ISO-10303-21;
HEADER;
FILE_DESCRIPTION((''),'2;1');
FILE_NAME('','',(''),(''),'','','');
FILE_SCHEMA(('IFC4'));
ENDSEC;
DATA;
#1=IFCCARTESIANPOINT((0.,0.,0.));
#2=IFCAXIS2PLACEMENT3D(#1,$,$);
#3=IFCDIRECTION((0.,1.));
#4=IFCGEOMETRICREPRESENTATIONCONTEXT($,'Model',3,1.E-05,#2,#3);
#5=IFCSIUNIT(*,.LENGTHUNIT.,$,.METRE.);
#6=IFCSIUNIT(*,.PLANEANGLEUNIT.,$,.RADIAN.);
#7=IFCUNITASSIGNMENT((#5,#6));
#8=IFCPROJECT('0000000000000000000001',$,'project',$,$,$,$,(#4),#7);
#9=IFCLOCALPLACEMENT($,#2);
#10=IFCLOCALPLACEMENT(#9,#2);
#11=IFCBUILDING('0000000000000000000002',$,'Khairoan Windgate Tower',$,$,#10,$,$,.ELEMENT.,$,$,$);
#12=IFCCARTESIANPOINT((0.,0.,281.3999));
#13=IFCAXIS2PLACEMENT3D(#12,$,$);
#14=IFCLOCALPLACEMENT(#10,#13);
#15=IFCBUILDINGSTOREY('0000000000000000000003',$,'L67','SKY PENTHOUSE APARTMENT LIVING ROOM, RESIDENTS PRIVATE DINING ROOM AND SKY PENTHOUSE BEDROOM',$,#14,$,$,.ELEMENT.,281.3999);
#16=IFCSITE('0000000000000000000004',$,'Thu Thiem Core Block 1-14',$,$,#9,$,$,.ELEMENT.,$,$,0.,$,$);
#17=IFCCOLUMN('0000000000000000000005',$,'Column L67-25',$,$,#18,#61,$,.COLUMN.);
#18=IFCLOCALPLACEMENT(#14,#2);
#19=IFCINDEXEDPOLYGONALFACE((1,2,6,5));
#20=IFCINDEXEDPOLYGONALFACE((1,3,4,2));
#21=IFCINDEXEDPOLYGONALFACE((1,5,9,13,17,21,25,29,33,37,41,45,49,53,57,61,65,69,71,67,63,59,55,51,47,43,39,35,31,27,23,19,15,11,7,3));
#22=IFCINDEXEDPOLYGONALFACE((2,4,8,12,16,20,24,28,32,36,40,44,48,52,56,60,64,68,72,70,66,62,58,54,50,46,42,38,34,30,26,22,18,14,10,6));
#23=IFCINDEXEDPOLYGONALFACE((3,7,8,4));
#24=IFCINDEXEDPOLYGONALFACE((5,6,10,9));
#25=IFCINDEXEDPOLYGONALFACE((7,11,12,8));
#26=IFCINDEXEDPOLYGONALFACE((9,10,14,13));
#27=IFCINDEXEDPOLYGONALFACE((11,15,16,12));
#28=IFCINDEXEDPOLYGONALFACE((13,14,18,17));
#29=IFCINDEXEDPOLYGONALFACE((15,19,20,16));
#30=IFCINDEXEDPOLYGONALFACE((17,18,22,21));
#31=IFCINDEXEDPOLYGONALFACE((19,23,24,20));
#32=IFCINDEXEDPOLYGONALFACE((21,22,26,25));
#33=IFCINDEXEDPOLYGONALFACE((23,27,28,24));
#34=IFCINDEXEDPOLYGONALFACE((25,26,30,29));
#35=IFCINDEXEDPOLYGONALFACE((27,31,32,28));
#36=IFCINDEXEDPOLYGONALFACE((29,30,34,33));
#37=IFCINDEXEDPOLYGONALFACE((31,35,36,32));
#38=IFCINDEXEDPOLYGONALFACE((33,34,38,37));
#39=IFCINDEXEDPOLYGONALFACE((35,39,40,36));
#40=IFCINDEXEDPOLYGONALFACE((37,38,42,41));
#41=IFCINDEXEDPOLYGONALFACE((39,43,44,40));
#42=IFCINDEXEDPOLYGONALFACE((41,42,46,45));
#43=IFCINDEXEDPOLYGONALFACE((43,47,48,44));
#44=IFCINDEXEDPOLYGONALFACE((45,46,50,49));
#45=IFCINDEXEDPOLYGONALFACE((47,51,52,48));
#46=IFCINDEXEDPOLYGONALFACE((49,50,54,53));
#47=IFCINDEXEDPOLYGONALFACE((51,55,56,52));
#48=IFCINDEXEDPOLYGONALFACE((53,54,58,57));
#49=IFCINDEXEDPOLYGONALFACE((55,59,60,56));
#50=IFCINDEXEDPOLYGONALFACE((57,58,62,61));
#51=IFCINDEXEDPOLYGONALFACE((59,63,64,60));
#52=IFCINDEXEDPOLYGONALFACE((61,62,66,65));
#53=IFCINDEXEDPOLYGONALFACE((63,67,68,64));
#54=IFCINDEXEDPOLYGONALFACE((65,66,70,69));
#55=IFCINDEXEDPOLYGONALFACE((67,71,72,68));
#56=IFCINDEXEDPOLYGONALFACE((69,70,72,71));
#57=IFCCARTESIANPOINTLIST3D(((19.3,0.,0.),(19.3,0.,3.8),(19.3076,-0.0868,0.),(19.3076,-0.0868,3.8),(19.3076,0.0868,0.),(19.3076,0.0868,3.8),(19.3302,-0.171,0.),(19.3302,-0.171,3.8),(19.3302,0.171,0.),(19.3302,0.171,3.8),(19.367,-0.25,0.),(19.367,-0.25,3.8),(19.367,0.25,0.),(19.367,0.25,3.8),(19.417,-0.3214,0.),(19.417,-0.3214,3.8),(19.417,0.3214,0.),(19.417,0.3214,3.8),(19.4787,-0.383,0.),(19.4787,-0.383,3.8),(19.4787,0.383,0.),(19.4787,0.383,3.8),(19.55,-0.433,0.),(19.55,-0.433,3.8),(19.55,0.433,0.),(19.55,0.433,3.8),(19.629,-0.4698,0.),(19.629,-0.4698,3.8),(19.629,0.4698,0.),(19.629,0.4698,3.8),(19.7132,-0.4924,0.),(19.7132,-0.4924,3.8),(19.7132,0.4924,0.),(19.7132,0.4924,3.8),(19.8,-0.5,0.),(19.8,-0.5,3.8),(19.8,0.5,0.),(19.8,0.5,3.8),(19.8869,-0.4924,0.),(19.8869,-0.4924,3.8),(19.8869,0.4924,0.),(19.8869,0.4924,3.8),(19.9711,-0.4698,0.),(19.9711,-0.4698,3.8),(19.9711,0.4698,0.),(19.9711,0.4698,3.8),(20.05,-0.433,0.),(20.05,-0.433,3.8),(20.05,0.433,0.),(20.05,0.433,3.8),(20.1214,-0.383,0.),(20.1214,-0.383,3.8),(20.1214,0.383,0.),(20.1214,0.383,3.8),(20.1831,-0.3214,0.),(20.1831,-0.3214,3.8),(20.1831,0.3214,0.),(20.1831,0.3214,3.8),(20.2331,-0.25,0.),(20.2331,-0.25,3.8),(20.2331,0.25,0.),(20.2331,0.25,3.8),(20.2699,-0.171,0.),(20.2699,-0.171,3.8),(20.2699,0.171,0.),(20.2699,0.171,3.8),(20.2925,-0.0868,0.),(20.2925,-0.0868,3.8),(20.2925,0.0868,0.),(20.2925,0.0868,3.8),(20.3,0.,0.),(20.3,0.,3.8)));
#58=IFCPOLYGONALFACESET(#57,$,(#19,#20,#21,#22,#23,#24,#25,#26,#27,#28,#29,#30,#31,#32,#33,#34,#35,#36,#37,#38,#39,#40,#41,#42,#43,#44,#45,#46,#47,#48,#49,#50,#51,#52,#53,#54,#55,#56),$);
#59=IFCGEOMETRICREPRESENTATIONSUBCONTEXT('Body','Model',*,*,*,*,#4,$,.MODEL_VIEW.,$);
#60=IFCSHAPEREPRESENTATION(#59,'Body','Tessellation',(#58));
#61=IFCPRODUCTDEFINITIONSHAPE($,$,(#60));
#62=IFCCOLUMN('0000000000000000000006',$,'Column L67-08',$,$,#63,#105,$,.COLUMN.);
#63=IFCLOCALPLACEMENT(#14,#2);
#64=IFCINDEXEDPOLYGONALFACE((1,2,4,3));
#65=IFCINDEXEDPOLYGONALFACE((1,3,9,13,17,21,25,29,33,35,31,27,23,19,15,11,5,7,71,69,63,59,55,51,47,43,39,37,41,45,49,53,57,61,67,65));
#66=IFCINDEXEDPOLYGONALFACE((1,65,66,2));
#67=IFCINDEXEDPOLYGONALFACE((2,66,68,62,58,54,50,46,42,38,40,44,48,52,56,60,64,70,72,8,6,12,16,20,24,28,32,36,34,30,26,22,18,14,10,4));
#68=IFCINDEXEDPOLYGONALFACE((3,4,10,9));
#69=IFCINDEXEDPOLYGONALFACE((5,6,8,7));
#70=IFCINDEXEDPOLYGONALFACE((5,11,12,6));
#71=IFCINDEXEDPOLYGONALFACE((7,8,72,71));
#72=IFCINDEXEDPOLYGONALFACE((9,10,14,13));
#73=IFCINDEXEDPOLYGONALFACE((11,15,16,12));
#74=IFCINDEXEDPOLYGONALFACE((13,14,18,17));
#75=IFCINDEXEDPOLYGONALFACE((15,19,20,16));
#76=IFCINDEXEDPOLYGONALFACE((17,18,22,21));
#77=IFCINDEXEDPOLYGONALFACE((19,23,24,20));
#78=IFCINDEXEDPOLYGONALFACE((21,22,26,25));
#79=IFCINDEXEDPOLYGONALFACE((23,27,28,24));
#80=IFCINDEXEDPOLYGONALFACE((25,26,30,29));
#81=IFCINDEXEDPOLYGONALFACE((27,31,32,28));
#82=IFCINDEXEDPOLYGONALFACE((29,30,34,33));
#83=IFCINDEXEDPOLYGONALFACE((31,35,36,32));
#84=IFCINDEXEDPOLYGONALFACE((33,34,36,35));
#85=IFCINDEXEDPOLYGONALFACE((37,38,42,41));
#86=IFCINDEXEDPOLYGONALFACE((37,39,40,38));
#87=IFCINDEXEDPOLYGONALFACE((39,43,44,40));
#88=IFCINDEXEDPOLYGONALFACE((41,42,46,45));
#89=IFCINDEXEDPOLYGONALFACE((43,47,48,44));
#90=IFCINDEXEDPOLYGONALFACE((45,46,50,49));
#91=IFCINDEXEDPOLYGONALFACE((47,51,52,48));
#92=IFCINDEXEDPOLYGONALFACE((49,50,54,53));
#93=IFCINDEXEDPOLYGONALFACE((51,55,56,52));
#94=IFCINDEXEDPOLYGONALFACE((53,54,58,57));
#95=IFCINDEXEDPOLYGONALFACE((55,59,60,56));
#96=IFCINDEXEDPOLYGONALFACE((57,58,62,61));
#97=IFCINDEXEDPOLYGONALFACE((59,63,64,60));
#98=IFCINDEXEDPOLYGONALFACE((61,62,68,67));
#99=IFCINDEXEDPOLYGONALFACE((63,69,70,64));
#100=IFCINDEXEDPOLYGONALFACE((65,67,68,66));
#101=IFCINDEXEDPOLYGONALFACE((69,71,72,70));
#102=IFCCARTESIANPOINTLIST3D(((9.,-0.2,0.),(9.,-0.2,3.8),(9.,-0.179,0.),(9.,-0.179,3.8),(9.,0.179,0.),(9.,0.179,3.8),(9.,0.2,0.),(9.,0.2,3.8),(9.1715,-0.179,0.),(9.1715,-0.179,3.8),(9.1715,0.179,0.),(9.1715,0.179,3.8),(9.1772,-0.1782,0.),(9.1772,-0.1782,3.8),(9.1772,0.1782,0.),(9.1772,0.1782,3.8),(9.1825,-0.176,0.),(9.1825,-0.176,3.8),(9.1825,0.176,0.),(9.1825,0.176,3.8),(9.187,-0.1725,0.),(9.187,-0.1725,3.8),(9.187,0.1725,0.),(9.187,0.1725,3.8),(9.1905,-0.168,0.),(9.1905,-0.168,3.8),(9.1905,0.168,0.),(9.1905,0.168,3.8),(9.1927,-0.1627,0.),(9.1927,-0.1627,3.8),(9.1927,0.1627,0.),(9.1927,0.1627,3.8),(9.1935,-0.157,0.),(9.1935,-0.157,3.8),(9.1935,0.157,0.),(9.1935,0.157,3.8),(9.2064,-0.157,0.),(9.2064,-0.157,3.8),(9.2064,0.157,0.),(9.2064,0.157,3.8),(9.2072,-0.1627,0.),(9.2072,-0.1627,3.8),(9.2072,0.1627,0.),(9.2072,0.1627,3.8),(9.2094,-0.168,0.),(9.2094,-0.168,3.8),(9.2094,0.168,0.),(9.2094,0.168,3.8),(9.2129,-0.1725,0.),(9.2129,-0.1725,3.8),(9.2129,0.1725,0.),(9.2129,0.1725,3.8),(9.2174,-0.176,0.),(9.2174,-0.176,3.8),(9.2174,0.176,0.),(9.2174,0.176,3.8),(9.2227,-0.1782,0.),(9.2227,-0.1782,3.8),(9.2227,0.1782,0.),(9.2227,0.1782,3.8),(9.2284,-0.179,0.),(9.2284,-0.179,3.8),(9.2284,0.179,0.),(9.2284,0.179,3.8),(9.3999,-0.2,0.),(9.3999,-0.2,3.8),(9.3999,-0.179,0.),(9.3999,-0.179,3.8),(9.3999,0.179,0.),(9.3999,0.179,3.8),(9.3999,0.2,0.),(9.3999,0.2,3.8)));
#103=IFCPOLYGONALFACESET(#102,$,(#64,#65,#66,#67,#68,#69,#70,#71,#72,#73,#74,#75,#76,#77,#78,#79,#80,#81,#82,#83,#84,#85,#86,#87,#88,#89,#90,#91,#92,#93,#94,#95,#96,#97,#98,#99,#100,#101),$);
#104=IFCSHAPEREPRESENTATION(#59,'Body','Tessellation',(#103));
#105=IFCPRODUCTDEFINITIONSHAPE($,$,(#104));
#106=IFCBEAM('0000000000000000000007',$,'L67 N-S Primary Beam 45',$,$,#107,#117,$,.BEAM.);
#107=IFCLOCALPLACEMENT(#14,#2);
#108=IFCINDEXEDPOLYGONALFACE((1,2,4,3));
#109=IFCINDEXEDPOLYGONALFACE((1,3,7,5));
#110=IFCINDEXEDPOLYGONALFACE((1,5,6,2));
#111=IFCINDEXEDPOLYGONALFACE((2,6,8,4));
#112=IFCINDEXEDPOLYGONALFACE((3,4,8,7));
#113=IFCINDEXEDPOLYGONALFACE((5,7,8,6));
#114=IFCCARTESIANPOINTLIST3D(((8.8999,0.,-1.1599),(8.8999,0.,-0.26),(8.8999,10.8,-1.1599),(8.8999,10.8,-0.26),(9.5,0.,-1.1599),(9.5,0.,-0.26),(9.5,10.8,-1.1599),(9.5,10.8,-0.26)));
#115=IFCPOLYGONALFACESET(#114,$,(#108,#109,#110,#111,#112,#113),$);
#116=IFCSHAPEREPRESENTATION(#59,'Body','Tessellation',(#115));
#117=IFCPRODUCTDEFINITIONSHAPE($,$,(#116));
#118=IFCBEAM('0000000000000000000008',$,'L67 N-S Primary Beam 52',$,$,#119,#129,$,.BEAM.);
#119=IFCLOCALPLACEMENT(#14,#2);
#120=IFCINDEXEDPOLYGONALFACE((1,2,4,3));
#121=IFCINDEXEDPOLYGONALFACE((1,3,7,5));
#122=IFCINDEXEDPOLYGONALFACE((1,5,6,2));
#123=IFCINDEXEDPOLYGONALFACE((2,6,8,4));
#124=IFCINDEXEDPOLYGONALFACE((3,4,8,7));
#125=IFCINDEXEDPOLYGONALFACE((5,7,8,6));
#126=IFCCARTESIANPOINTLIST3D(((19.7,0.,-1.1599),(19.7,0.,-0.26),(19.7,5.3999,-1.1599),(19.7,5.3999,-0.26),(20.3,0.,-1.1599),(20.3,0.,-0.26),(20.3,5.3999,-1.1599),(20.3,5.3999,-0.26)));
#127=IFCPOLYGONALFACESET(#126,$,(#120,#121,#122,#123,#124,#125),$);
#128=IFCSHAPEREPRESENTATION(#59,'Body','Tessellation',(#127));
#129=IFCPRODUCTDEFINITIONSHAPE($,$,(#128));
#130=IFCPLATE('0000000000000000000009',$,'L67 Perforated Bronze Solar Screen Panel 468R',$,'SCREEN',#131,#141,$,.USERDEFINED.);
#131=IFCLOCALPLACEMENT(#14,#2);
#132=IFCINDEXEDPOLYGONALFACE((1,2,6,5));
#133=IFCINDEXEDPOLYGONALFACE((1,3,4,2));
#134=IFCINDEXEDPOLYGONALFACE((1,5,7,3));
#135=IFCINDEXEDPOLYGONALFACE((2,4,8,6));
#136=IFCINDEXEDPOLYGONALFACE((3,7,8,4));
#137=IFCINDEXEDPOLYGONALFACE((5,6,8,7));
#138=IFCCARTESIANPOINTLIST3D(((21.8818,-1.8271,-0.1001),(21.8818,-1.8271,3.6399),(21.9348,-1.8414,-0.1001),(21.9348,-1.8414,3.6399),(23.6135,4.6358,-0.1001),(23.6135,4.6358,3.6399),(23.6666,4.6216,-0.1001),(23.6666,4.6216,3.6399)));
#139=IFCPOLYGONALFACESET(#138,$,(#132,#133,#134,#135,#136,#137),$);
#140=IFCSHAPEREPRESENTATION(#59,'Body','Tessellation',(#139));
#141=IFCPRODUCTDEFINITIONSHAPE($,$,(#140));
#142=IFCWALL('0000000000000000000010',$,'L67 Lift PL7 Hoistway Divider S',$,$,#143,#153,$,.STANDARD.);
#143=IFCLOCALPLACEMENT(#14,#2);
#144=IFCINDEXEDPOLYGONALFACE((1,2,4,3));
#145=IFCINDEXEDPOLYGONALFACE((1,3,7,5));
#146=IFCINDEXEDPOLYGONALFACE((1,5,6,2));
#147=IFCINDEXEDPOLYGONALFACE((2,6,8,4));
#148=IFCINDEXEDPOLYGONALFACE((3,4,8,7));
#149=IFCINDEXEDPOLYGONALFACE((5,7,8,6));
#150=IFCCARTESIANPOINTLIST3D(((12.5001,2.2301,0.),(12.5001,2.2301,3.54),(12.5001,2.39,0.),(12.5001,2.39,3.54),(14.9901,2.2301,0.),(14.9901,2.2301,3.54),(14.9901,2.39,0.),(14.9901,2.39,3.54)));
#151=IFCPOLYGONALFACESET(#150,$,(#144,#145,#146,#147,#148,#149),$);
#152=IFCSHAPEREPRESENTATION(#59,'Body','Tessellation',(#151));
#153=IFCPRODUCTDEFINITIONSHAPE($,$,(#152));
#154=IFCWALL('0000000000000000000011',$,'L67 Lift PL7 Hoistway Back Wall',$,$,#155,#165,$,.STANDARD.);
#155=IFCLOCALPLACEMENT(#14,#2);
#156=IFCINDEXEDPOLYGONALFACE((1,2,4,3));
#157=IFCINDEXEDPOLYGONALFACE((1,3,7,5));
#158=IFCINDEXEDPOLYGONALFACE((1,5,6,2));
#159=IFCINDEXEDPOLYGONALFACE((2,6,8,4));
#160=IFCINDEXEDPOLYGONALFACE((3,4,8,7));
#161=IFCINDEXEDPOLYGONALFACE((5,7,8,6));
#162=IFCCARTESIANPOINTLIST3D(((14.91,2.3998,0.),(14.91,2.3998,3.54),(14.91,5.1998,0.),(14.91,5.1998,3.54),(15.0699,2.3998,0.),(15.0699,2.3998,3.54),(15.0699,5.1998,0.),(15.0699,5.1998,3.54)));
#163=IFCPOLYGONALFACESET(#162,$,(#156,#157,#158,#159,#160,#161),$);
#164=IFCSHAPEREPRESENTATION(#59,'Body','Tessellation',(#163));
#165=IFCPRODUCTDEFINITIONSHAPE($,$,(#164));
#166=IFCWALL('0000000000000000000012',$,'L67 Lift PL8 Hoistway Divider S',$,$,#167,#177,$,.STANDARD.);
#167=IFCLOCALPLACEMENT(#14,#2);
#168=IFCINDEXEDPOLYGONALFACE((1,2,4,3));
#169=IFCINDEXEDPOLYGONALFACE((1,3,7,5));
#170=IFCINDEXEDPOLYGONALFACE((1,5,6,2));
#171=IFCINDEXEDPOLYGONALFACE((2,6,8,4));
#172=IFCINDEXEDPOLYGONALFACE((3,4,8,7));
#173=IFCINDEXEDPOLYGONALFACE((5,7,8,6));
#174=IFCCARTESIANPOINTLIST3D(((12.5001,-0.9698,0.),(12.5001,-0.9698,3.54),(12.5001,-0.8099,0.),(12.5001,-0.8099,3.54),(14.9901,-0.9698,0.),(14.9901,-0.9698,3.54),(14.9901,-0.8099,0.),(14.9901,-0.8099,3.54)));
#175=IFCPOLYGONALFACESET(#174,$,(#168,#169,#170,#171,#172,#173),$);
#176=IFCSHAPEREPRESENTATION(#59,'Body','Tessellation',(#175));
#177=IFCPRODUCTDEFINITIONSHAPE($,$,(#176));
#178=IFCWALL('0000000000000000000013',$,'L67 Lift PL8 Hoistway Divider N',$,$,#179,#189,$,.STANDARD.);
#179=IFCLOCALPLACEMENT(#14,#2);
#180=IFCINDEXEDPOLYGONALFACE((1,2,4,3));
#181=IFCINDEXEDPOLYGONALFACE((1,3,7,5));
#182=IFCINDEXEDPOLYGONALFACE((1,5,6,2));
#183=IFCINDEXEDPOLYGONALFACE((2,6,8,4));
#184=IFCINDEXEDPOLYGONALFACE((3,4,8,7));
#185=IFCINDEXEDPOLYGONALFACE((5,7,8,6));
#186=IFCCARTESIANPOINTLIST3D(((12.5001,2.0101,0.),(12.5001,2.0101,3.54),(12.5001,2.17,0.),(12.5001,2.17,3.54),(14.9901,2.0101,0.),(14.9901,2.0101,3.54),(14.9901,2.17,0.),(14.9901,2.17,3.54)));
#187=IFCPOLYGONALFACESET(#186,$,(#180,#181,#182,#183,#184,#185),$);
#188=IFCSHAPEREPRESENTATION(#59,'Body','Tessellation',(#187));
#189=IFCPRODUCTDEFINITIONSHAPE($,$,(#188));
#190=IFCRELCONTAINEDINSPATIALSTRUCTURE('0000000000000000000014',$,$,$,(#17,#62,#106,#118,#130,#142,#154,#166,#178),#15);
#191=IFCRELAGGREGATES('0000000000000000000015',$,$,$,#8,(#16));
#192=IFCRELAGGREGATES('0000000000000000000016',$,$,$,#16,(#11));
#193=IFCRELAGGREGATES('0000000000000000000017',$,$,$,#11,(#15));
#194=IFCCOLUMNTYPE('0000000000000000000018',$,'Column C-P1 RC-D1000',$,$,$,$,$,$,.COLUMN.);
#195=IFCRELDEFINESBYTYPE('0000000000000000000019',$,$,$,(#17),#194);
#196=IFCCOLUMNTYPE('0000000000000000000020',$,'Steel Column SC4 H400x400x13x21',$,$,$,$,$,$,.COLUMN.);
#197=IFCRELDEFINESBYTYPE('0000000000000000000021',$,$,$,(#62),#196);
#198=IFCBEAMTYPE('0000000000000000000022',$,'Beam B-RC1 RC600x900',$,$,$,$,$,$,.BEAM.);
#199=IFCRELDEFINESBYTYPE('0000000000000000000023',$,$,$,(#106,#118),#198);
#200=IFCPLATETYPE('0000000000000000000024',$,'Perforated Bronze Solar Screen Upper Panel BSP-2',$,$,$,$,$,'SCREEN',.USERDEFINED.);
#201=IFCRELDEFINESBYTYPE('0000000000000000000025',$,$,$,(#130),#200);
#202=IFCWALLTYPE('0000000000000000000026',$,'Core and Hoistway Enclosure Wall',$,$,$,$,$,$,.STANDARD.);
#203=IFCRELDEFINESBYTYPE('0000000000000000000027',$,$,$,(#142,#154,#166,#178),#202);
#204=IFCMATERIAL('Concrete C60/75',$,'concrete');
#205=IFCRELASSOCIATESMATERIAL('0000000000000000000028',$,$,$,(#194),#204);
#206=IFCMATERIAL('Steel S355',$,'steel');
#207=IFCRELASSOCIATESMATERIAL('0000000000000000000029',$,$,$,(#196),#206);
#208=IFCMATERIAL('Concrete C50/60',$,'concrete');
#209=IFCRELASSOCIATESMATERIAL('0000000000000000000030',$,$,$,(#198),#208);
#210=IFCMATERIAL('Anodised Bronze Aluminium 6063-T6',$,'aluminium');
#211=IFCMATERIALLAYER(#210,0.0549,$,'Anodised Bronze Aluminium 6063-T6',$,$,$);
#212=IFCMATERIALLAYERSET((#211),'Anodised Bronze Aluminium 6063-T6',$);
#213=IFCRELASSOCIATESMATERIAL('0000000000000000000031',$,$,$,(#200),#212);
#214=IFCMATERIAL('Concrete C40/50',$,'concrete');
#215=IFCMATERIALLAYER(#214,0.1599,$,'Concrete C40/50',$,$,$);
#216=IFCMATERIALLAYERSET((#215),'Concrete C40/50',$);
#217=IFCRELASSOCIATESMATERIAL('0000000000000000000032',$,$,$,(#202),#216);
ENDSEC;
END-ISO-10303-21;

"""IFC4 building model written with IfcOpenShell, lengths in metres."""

from ifc_helpers import new_model, si_unit, direction, frame, frame_2d, origin, origin_2d, place, context, subcontext, project, spatial, rectangle, circle, i_section, extrude, material, layer, layer_set, material_profile, profile_set, type_object, element, save


model = new_model("IFC4")

# Units and contexts
model_context = context("Model", 3, precision=1e-05, world=origin(), true_north=direction((0.0, 1.0)))
body_context = subcontext(model_context, "Body", "Model", "MODEL_VIEW")
ifc_project = project(units=[si_unit("LENGTHUNIT", "METRE"), si_unit("PLANEANGLEUNIT", "RADIAN")], contexts=[model_context])

# Site, building, storey
site_placement = place(None, origin())
site = spatial("IfcSite", under=ifc_project, at=site_placement, Name="Thu Thiem Core Block 1-14", CompositionType="ELEMENT", RefElevation=0.0)
building_placement = place(site_placement, origin())
building = spatial("IfcBuilding", under=site, at=building_placement, Name="Khairoan Windgate Tower", CompositionType="ELEMENT")
storey_placement = place(building_placement, frame((0.0, 0.0, 281.3999)))
storey = spatial("IfcBuildingStorey", under=building, at=storey_placement, Name="L67", Description="SKY PENTHOUSE APARTMENT LIVING ROOM, RESIDENTS PRIVATE DINING ROOM AND SKY PENTHOUSE BEDROOM", CompositionType="ELEMENT", Elevation=281.3999)

# Columns
ifc_material_1 = material(Name="Concrete C60/75", Category="concrete")
ifc_material_profile_1 = material_profile(ifc_material_1, circle(Radius=0.5, at=origin_2d()))
ifc_profile_set_1 = profile_set([ifc_material_profile_1], Name="Concrete C60/75")
column_type_1 = type_object("IfcColumnType", Name="Column C-P1 RC-D1000", PredefinedType="COLUMN", material=ifc_profile_set_1)
column_1_placement = place(storey_placement, frame((19.8, 0.0, 0.0), z_axis=(0.0, 0.0, 1.0), x_axis=(1.0, 0.0, 0.0)))
element("IfcColumn", 1, at=column_1_placement, inside=storey, type_object=column_type_1, Name="Column L67-25", PredefinedType="COLUMN", context=body_context, shape_type="SweptSolid", body=[
    extrude(circle(Radius=0.5, at=origin_2d()), origin(), (0.0, 0.0, 1.0), 3.8),
])
ifc_material_2 = material(Name="Steel S355", Category="steel")
ifc_material_profile_2 = material_profile(ifc_material_2, i_section(OverallWidth=0.3999, OverallDepth=0.3999, WebThickness=0.0129, FlangeThickness=0.021, FilletRadius=0.022, at=origin_2d()))
ifc_profile_set_2 = profile_set([ifc_material_profile_2], Name="Steel S355")
column_type_2 = type_object("IfcColumnType", Name="Steel Column SC4 H400x400x13x21", PredefinedType="COLUMN", material=ifc_profile_set_2)
column_2_placement = place(storey_placement, frame((9.2, 0.0, 0.0), z_axis=(0.0, 0.0, 1.0), x_axis=(1.0, 0.0, 0.0)))
element("IfcColumn", 2, at=column_2_placement, inside=storey, type_object=column_type_2, Name="Column L67-08", PredefinedType="COLUMN", context=body_context, shape_type="SweptSolid", body=[
    extrude(i_section(OverallWidth=0.3999, OverallDepth=0.3999, WebThickness=0.0129, FlangeThickness=0.021, FilletRadius=0.022, at=origin_2d()), origin(), (0.0, 0.0, 1.0), 3.8),
])

# Beams
ifc_material_3 = material(Name="Concrete C50/60", Category="concrete")
ifc_material_profile_3 = material_profile(ifc_material_3, rectangle(XDim=0.6001, YDim=0.8999, at=origin_2d()))
ifc_profile_set_3 = profile_set([ifc_material_profile_3], Name="Concrete C50/60")
beam_type = type_object("IfcBeamType", Name="Beam B-RC1 RC600x900", PredefinedType="BEAM", material=ifc_profile_set_3)
beam_1_placement = place(storey_placement, frame((9.2, 0.0, -0.71), z_axis=(0.0, 1.0, 0.0), x_axis=(-1.0, 0.0, 0.0)))
element("IfcBeam", 3, at=beam_1_placement, inside=storey, type_object=beam_type, Name="L67 N-S Primary Beam 45", PredefinedType="BEAM", context=body_context, shape_type="SweptSolid", body=[
    extrude(rectangle(XDim=0.6001, YDim=0.8999, at=origin_2d()), origin(), (0.0, 0.0, 1.0), 10.8),
])
beam_2_placement = place(storey_placement, frame((20.0, 0.0, -0.71), z_axis=(0.0, 1.0, 0.0), x_axis=(-1.0, 0.0, 0.0)))
element("IfcBeam", 4, at=beam_2_placement, inside=storey, type_object=beam_type, Name="L67 N-S Primary Beam 52", PredefinedType="BEAM", context=body_context, shape_type="SweptSolid", body=[
    extrude(rectangle(XDim=0.6001, YDim=0.8999, at=origin_2d()), origin(), (0.0, 0.0, 1.0), 5.3999),
])

# Plate
ifc_material_4 = material(Name="Anodised Bronze Aluminium 6063-T6", Category="aluminium")
ifc_layer_1 = layer(ifc_material_4, 0.0549, Name="Anodised Bronze Aluminium 6063-T6")
ifc_layer_set_1 = layer_set([ifc_layer_1], Name="Anodised Bronze Aluminium 6063-T6")
plate_type = type_object("IfcPlateType", Name="Perforated Bronze Solar Screen Upper Panel BSP-2", ElementType="SCREEN", PredefinedType="USERDEFINED", material=ifc_layer_set_1)
plate_placement = place(storey_placement, frame((22.7742, 1.3972, -0.1001), z_axis=(0.0, 0.0, 1.0), x_axis=(-0.258819, -0.965926, 0.0)))
element("IfcPlate", 5, at=plate_placement, inside=storey, type_object=plate_type, Name="L67 Perforated Bronze Solar Screen Panel 468R", ObjectType="SCREEN", PredefinedType="USERDEFINED", context=body_context, shape_type="SweptSolid", body=[
    extrude(rectangle(XDim=6.6909, YDim=0.0549, at=origin_2d()), origin(), (0.0, 0.0, 1.0), 3.74),
])

# Walls
ifc_material_5 = material(Name="Concrete C40/50", Category="concrete")
ifc_layer_2 = layer(ifc_material_5, 0.1599, Name="Concrete C40/50")
ifc_layer_set_2 = layer_set([ifc_layer_2], Name="Concrete C40/50")
wall_type_1 = type_object("IfcWallType", Name="Core and Hoistway Enclosure Wall", PredefinedType="STANDARD", material=ifc_layer_set_2)
wall_1_placement = place(storey_placement, frame((12.5, 2.3101, 0.0), z_axis=(0.0, 0.0, 1.0), x_axis=(1.0, 0.0, 0.0)))
element("IfcWall", 6, at=wall_1_placement, inside=storey, type_object=wall_type_1, Name="L67 Lift PL7 Hoistway Divider S", PredefinedType="STANDARD", context=body_context, shape_type="SweptSolid", body=[
    extrude(rectangle(XDim=2.49, YDim=0.1599, at=frame_2d((1.2451, 0.0))), origin(), (0.0, 0.0, 1.0), 3.54),
])
wall_2_placement = place(storey_placement, frame((14.99, 2.3999, 0.0), z_axis=(0.0, 0.0, 1.0), x_axis=(0.0, 1.0, 0.0)))
element("IfcWall", 7, at=wall_2_placement, inside=storey, type_object=wall_type_1, Name="L67 Lift PL7 Hoistway Back Wall", PredefinedType="STANDARD", context=body_context, shape_type="SweptSolid", body=[
    extrude(rectangle(XDim=2.8, YDim=0.1599, at=frame_2d((1.3999, 0.0))), origin(), (0.0, 0.0, 1.0), 3.54),
])
for number, where, z_axis, x_axis, name in (
    (8, (12.5, -0.8899, 0.0), (0.0, 0.0, 1.0), (1.0, 0.0, 0.0), "L67 Lift PL8 Hoistway Divider S"),
    (9, (12.5, 2.0901, 0.0), (0.0, 0.0, 1.0), (1.0, 0.0, 0.0), "L67 Lift PL8 Hoistway Divider N"),
):
    element("IfcWall", number, at=place(storey_placement, frame(where, z_axis=z_axis, x_axis=x_axis)), inside=storey, type_object=wall_type_1, Name=name, PredefinedType="STANDARD", context=body_context, shape_type="SweptSolid", body=[
        extrude(rectangle(XDim=2.49, YDim=0.1599, at=frame_2d((1.2451, 0.0))), origin(), (0.0, 0.0, 1.0), 3.54),
    ])

save(model, "model.ifc")
